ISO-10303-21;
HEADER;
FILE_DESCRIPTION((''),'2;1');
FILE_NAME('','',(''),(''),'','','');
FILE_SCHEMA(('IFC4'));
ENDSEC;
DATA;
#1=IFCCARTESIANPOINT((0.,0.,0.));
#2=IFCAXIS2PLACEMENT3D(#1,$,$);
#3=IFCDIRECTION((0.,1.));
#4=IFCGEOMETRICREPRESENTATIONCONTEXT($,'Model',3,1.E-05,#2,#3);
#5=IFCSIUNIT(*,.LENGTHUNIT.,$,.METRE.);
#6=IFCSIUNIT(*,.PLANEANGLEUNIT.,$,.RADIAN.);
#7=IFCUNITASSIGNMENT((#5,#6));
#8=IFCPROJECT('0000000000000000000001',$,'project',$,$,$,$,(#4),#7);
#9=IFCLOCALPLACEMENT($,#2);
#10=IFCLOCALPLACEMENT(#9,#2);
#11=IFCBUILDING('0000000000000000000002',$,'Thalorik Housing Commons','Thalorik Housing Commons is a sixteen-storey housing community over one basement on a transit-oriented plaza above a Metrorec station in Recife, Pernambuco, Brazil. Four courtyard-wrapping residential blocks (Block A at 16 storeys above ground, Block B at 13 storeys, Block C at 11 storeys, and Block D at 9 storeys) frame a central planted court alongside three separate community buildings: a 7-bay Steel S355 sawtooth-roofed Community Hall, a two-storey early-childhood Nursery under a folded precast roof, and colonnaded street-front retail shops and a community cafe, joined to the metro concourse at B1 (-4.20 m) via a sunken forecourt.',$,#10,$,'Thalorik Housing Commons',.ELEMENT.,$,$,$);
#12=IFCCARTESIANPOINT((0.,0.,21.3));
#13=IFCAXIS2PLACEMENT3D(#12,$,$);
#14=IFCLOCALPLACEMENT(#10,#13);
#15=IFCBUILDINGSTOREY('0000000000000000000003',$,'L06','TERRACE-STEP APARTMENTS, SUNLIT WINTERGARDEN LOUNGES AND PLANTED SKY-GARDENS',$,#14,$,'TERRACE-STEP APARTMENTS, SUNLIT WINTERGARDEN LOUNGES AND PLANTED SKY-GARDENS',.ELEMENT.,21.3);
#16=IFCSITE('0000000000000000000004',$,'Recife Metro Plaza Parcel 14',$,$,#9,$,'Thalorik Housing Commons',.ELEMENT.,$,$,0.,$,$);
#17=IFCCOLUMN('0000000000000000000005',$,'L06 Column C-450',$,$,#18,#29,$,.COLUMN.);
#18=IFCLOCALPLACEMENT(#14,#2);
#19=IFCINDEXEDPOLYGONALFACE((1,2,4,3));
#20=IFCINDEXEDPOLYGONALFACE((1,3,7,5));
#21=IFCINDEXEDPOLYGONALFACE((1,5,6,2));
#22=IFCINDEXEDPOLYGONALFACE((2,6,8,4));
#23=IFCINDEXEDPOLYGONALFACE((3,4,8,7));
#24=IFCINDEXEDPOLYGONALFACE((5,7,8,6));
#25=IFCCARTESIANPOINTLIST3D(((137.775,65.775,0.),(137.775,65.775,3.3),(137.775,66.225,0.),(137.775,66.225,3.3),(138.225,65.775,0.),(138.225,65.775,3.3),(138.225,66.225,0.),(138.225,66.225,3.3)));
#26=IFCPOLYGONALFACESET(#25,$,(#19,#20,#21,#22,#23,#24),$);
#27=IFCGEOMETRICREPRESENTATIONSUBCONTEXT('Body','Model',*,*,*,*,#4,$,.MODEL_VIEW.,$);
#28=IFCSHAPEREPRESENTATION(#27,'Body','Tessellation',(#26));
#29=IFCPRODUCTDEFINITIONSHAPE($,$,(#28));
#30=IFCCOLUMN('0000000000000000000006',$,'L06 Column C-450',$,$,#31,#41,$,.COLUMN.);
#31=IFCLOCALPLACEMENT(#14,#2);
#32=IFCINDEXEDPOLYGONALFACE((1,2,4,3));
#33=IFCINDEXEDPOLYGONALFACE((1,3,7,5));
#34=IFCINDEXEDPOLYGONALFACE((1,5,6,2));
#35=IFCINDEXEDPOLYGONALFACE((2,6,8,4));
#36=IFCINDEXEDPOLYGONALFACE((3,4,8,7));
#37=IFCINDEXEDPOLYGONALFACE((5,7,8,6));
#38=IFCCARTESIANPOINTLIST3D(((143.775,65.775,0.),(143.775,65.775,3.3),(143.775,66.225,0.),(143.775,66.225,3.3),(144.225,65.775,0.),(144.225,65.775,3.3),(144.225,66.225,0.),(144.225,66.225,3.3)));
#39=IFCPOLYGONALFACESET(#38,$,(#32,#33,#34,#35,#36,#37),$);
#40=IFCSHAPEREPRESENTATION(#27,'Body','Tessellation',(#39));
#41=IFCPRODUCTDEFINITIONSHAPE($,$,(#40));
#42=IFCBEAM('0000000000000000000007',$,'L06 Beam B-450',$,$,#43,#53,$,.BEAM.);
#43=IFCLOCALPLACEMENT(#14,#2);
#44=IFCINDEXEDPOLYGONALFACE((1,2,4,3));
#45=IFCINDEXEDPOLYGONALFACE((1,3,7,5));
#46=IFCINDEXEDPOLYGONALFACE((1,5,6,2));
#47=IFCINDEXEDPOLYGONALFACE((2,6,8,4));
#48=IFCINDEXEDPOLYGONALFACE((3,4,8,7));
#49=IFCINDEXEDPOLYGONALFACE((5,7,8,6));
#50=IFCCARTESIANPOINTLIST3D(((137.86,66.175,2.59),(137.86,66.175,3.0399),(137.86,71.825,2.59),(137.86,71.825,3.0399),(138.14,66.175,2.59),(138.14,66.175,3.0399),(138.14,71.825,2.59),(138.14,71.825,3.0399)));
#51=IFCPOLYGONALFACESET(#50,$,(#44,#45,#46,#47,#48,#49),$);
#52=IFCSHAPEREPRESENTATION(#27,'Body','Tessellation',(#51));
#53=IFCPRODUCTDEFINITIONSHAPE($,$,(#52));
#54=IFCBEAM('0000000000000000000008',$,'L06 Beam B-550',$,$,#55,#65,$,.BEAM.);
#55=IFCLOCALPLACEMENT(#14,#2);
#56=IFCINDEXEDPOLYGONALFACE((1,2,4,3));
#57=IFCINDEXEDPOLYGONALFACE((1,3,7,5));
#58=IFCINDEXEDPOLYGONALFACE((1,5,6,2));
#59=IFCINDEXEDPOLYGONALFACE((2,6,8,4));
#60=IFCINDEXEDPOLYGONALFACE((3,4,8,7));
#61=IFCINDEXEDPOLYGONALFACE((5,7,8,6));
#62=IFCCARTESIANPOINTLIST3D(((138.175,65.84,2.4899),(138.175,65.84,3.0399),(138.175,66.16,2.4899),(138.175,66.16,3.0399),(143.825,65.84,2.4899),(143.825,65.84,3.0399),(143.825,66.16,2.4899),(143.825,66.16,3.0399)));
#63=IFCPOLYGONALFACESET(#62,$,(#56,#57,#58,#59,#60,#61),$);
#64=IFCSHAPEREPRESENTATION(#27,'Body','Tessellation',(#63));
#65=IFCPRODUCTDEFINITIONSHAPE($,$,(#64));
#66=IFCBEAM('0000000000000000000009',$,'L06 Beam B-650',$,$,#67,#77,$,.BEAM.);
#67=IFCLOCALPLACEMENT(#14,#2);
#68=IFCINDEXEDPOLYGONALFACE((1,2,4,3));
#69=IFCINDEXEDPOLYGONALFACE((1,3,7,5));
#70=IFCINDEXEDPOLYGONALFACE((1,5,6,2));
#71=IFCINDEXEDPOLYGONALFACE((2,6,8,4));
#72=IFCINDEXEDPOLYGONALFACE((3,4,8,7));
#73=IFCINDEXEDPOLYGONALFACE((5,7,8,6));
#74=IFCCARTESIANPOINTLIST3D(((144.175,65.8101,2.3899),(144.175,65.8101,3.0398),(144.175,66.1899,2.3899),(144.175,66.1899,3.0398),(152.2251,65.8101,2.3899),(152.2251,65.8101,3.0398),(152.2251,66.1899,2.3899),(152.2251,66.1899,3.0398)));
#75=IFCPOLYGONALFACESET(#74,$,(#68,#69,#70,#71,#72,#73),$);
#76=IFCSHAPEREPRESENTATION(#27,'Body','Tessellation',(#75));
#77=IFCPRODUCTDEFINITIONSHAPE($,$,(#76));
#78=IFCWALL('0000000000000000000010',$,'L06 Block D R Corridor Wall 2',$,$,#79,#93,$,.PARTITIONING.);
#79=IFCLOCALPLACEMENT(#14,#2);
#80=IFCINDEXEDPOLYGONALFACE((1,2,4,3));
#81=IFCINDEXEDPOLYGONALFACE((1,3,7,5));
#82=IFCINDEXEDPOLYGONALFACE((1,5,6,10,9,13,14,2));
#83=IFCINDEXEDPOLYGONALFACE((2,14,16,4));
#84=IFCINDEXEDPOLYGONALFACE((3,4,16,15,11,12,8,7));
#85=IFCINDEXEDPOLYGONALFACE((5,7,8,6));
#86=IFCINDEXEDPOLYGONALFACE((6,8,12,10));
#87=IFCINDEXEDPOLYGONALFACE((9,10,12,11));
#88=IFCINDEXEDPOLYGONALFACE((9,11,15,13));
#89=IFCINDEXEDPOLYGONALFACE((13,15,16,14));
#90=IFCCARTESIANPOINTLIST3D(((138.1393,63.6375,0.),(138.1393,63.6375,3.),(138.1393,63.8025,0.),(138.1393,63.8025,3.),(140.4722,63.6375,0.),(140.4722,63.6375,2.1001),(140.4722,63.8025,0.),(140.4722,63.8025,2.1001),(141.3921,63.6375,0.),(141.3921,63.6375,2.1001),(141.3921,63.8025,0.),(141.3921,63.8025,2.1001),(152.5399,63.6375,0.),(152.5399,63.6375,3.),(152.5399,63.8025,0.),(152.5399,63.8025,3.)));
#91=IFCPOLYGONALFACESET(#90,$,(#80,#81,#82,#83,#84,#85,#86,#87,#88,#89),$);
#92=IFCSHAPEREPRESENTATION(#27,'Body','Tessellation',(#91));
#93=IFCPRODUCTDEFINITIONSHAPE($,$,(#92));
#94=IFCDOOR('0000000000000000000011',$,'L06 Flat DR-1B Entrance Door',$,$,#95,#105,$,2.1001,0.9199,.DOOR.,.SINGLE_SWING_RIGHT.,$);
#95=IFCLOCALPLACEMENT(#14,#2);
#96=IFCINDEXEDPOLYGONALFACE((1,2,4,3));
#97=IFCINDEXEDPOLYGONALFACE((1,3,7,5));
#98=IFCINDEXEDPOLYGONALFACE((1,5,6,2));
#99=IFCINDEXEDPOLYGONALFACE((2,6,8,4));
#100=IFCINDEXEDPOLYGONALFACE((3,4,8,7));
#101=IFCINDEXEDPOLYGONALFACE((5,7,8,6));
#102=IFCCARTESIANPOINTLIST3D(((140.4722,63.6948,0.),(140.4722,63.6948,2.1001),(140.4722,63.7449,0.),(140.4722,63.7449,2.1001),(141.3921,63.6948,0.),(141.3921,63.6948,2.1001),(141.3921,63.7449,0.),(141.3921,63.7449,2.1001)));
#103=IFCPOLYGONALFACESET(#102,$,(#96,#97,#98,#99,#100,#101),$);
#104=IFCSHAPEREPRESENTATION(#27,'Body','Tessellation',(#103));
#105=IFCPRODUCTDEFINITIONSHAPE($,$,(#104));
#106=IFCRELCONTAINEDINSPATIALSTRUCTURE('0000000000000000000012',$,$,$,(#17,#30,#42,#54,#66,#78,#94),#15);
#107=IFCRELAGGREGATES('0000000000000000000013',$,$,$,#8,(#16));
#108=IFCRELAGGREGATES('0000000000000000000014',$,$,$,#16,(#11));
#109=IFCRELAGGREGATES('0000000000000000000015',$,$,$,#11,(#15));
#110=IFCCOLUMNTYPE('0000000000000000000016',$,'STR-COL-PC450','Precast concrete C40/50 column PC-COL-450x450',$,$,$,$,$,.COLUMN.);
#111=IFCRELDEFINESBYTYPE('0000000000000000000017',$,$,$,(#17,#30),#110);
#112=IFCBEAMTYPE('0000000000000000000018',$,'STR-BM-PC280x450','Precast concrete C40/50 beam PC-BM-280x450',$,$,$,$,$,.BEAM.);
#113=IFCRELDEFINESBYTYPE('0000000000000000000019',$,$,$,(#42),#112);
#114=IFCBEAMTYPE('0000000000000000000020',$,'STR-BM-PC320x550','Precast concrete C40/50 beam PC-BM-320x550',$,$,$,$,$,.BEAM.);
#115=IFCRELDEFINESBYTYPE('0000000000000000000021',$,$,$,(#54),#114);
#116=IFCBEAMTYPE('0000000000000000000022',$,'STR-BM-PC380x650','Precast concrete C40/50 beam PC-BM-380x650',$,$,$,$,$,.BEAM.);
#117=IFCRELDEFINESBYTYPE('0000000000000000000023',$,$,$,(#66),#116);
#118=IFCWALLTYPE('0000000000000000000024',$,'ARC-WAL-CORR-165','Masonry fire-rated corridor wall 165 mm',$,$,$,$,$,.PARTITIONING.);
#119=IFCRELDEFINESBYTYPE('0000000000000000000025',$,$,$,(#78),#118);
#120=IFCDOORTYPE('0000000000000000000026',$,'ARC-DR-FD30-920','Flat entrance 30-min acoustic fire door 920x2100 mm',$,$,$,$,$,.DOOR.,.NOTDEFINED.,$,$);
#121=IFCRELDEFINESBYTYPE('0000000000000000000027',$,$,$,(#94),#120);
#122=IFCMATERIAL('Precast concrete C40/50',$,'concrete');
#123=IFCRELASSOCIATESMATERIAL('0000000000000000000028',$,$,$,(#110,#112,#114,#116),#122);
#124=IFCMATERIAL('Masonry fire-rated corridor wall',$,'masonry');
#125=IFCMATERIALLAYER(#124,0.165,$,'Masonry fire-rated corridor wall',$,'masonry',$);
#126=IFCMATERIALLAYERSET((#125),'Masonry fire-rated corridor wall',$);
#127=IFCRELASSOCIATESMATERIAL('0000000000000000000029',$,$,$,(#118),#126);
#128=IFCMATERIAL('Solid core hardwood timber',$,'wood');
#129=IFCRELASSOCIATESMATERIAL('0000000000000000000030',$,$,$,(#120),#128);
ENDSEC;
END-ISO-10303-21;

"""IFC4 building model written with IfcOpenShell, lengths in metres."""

from ifc_helpers import new_model, si_unit, direction, frame, frame_2d, origin, origin_2d, place, context, subcontext, project, spatial, rectangle, extrude, material, layer, layer_set, material_profile, profile_set, type_object, element, fill, save


model = new_model("IFC4")

# Units and contexts
model_context = context("Model", 3, precision=1e-05, world=origin(), true_north=direction((0.0, 1.0)))
body_context = subcontext(model_context, "Body", "Model", "MODEL_VIEW")
ifc_project = project(units=[si_unit("LENGTHUNIT", "METRE"), si_unit("PLANEANGLEUNIT", "RADIAN")], contexts=[model_context])

# Site, building, storey
site_placement = place(None, origin())
site = spatial("IfcSite", under=ifc_project, at=site_placement, Name="Recife Metro Plaza Parcel 14", LongName="Thalorik Housing Commons", CompositionType="ELEMENT", RefElevation=0.0)
building_placement = place(site_placement, origin())
building = spatial("IfcBuilding", under=site, at=building_placement, Name="Thalorik Housing Commons", Description="Thalorik Housing Commons is a sixteen-storey housing community over one basement on a transit-oriented plaza above a Metrorec station in Recife, Pernambuco, Brazil. Four courtyard-wrapping residential blocks (Block A at 16 storeys above ground, Block B at 13 storeys, Block C at 11 storeys, and Block D at 9 storeys) frame a central planted court alongside three separate community buildings: a 7-bay Steel S355 sawtooth-roofed Community Hall, a two-storey early-childhood Nursery under a folded precast roof, and colonnaded street-front retail shops and a community cafe, joined to the metro concourse at B1 (-4.20 m) via a sunken forecourt.", LongName="Thalorik Housing Commons", CompositionType="ELEMENT")
storey_placement = place(building_placement, frame((0.0, 0.0, 21.3)))
storey = spatial("IfcBuildingStorey", under=building, at=storey_placement, Name="L06", Description="TERRACE-STEP APARTMENTS, SUNLIT WINTERGARDEN LOUNGES AND PLANTED SKY-GARDENS", LongName="TERRACE-STEP APARTMENTS, SUNLIT WINTERGARDEN LOUNGES AND PLANTED SKY-GARDENS", CompositionType="ELEMENT", Elevation=21.3)

# Columns
ifc_material_1 = material(Name="Precast concrete C40/50", Category="concrete")
ifc_material_profile_1 = material_profile(ifc_material_1, rectangle(XDim=0.45, YDim=0.45, at=origin_2d()), Name="PC 450x450", Category="concrete")
ifc_profile_set_1 = profile_set([ifc_material_profile_1], Name="Precast concrete C40/50")
column_type = type_object("IfcColumnType", Name="STR-COL-PC450", Description="Precast concrete C40/50 column PC-COL-450x450", PredefinedType="COLUMN", material=ifc_profile_set_1)
for number, where, z_axis, x_axis, name in (
    (1, (138.0, 66.0, 0.0), (0.0, 0.0, 1.0), (1.0, 0.0, 0.0), "L06 Column C-450"),
    (2, (144.0, 66.0, 0.0), (0.0, 0.0, 1.0), (1.0, 0.0, 0.0), "L06 Column C-450"),
):
    element("IfcColumn", number, at=place(storey_placement, frame(where, z_axis=z_axis, x_axis=x_axis)), inside=storey, type_object=column_type, Name=name, PredefinedType="COLUMN", context=body_context, shape_type="SweptSolid", body=[
        extrude(rectangle(XDim=0.45, YDim=0.45, at=origin_2d()), origin(), (0.0, 0.0, 1.0), 3.3),
    ])

# Beams
ifc_material_profile_2 = material_profile(ifc_material_1, rectangle(XDim=0.28, YDim=0.45, at=origin_2d()), Name="PC 280x450", Category="concrete")
ifc_profile_set_2 = profile_set([ifc_material_profile_2], Name="Precast concrete C40/50")
beam_type_1 = type_object("IfcBeamType", Name="STR-BM-PC280x450", Description="Precast concrete C40/50 beam PC-BM-280x450", PredefinedType="BEAM", material=ifc_profile_set_2)
beam_1_placement = place(storey_placement, frame((138.0, 66.175, 2.8149), z_axis=(0.0, 1.0, 0.0), x_axis=(-1.0, 0.0, 0.0)))
element("IfcBeam", 3, at=beam_1_placement, inside=storey, type_object=beam_type_1, Name="L06 Beam B-450", PredefinedType="BEAM", context=body_context, shape_type="SweptSolid", body=[
    extrude(rectangle(XDim=0.28, YDim=0.45, at=origin_2d()), origin(), (0.0, 0.0, 1.0), 5.6499),
])
ifc_material_profile_3 = material_profile(ifc_material_1, rectangle(XDim=0.3201, YDim=0.55, at=origin_2d()), Name="PC 320x550", Category="concrete")
ifc_profile_set_3 = profile_set([ifc_material_profile_3], Name="Precast concrete C40/50")
beam_type_2 = type_object("IfcBeamType", Name="STR-BM-PC320x550", Description="Precast concrete C40/50 beam PC-BM-320x550", PredefinedType="BEAM", material=ifc_profile_set_3)
beam_2_placement = place(storey_placement, frame((138.175, 66.0, 2.7649), z_axis=(1.0, 0.0, 0.0), x_axis=(0.0, 1.0, 0.0)))
element("IfcBeam", 4, at=beam_2_placement, inside=storey, type_object=beam_type_2, Name="L06 Beam B-550", PredefinedType="BEAM", context=body_context, shape_type="SweptSolid", body=[
    extrude(rectangle(XDim=0.3201, YDim=0.55, at=origin_2d()), origin(), (0.0, 0.0, 1.0), 5.6499),
])
ifc_material_profile_4 = material_profile(ifc_material_1, rectangle(XDim=0.3799, YDim=0.6499, at=origin_2d()), Name="PC 380x650", Category="concrete")
ifc_profile_set_4 = profile_set([ifc_material_profile_4], Name="Precast concrete C40/50")
beam_type_3 = type_object("IfcBeamType", Name="STR-BM-PC380x650", Description="Precast concrete C40/50 beam PC-BM-380x650", PredefinedType="BEAM", material=ifc_profile_set_4)
beam_3_placement = place(storey_placement, frame((144.175, 66.0, 2.7148), z_axis=(1.0, 0.0, 0.0), x_axis=(0.0, 1.0, 0.0)))
element("IfcBeam", 5, at=beam_3_placement, inside=storey, type_object=beam_type_3, Name="L06 Beam B-650", PredefinedType="BEAM", context=body_context, shape_type="SweptSolid", body=[
    extrude(rectangle(XDim=0.3799, YDim=0.6499, at=origin_2d()), origin(), (0.0, 0.0, 1.0), 8.05),
])

# Wall, opening, door
ifc_material_2 = material(Name="Masonry fire-rated corridor wall", Category="masonry")
ifc_layer_1 = layer(ifc_material_2, 0.165, Name="Masonry fire-rated corridor wall", Category="masonry")
ifc_layer_set_1 = layer_set([ifc_layer_1], Name="Masonry fire-rated corridor wall")
wall_type_1 = type_object("IfcWallType", Name="ARC-WAL-CORR-165", Description="Masonry fire-rated corridor wall 165 mm", PredefinedType="PARTITIONING", material=ifc_layer_set_1)
wall_1_placement = place(storey_placement, frame((138.1394, 63.72, 0.0), z_axis=(0.0, 0.0, 1.0), x_axis=(1.0, 0.0, 0.0)))
wall_1 = element("IfcWall", 6, at=wall_1_placement, inside=storey, type_object=wall_type_1, Name="L06 Block D R Corridor Wall 2", PredefinedType="PARTITIONING", context=body_context, shape_type="SweptSolid", body=[
    extrude(rectangle(XDim=14.4006, YDim=0.165, at=frame_2d((7.2002, 0.0))), origin(), (0.0, 0.0, 1.0), 3.0),
])
opening_1_placement = place(wall_1_placement, frame((2.3328, 0.0, 0.0)))
opening_1 = element("IfcOpeningElement", 7, at=opening_1_placement, cuts=wall_1, PredefinedType="OPENING", context=body_context, shape_type="SweptSolid", body=[
    extrude(rectangle(XDim=0.9199, YDim=2.1001, at=frame_2d((0.46, 1.05))), frame((0.0, 0.0925, 0.0), z_axis=(0.0, -1.0, 0.0), x_axis=(1.0, 0.0, 0.0)), (0.0, 0.0, 1.0), 0.1851),
])
ifc_material_3 = material(Name="Solid core hardwood timber", Category="wood")
door_type_1 = type_object("IfcDoorType", Name="ARC-DR-FD30-920", Description="Flat entrance 30-min acoustic fire door 920x2100 mm", OperationType="NOTDEFINED", PredefinedType="DOOR", material=ifc_material_3)
door_1_placement = place(opening_1_placement, origin())
door_1 = element("IfcDoor", 8, at=door_1_placement, inside=storey, type_object=door_type_1, Name="L06 Flat DR-1B Entrance Door", OperationType="SINGLE_SWING_RIGHT", OverallHeight=2.1001, OverallWidth=0.9199, PredefinedType="DOOR", context=body_context, shape_type="SweptSolid", body=[
    extrude(rectangle(XDim=0.9199, YDim=2.1001, at=frame_2d((0.46, 1.05))), frame((0.0, 0.0249, 0.0), z_axis=(0.0, -1.0, 0.0), x_axis=(1.0, 0.0, 0.0)), (0.0, 0.0, 1.0), 0.05),
])
fill(opening_1, door_1)

save(model, "model.ifc")
